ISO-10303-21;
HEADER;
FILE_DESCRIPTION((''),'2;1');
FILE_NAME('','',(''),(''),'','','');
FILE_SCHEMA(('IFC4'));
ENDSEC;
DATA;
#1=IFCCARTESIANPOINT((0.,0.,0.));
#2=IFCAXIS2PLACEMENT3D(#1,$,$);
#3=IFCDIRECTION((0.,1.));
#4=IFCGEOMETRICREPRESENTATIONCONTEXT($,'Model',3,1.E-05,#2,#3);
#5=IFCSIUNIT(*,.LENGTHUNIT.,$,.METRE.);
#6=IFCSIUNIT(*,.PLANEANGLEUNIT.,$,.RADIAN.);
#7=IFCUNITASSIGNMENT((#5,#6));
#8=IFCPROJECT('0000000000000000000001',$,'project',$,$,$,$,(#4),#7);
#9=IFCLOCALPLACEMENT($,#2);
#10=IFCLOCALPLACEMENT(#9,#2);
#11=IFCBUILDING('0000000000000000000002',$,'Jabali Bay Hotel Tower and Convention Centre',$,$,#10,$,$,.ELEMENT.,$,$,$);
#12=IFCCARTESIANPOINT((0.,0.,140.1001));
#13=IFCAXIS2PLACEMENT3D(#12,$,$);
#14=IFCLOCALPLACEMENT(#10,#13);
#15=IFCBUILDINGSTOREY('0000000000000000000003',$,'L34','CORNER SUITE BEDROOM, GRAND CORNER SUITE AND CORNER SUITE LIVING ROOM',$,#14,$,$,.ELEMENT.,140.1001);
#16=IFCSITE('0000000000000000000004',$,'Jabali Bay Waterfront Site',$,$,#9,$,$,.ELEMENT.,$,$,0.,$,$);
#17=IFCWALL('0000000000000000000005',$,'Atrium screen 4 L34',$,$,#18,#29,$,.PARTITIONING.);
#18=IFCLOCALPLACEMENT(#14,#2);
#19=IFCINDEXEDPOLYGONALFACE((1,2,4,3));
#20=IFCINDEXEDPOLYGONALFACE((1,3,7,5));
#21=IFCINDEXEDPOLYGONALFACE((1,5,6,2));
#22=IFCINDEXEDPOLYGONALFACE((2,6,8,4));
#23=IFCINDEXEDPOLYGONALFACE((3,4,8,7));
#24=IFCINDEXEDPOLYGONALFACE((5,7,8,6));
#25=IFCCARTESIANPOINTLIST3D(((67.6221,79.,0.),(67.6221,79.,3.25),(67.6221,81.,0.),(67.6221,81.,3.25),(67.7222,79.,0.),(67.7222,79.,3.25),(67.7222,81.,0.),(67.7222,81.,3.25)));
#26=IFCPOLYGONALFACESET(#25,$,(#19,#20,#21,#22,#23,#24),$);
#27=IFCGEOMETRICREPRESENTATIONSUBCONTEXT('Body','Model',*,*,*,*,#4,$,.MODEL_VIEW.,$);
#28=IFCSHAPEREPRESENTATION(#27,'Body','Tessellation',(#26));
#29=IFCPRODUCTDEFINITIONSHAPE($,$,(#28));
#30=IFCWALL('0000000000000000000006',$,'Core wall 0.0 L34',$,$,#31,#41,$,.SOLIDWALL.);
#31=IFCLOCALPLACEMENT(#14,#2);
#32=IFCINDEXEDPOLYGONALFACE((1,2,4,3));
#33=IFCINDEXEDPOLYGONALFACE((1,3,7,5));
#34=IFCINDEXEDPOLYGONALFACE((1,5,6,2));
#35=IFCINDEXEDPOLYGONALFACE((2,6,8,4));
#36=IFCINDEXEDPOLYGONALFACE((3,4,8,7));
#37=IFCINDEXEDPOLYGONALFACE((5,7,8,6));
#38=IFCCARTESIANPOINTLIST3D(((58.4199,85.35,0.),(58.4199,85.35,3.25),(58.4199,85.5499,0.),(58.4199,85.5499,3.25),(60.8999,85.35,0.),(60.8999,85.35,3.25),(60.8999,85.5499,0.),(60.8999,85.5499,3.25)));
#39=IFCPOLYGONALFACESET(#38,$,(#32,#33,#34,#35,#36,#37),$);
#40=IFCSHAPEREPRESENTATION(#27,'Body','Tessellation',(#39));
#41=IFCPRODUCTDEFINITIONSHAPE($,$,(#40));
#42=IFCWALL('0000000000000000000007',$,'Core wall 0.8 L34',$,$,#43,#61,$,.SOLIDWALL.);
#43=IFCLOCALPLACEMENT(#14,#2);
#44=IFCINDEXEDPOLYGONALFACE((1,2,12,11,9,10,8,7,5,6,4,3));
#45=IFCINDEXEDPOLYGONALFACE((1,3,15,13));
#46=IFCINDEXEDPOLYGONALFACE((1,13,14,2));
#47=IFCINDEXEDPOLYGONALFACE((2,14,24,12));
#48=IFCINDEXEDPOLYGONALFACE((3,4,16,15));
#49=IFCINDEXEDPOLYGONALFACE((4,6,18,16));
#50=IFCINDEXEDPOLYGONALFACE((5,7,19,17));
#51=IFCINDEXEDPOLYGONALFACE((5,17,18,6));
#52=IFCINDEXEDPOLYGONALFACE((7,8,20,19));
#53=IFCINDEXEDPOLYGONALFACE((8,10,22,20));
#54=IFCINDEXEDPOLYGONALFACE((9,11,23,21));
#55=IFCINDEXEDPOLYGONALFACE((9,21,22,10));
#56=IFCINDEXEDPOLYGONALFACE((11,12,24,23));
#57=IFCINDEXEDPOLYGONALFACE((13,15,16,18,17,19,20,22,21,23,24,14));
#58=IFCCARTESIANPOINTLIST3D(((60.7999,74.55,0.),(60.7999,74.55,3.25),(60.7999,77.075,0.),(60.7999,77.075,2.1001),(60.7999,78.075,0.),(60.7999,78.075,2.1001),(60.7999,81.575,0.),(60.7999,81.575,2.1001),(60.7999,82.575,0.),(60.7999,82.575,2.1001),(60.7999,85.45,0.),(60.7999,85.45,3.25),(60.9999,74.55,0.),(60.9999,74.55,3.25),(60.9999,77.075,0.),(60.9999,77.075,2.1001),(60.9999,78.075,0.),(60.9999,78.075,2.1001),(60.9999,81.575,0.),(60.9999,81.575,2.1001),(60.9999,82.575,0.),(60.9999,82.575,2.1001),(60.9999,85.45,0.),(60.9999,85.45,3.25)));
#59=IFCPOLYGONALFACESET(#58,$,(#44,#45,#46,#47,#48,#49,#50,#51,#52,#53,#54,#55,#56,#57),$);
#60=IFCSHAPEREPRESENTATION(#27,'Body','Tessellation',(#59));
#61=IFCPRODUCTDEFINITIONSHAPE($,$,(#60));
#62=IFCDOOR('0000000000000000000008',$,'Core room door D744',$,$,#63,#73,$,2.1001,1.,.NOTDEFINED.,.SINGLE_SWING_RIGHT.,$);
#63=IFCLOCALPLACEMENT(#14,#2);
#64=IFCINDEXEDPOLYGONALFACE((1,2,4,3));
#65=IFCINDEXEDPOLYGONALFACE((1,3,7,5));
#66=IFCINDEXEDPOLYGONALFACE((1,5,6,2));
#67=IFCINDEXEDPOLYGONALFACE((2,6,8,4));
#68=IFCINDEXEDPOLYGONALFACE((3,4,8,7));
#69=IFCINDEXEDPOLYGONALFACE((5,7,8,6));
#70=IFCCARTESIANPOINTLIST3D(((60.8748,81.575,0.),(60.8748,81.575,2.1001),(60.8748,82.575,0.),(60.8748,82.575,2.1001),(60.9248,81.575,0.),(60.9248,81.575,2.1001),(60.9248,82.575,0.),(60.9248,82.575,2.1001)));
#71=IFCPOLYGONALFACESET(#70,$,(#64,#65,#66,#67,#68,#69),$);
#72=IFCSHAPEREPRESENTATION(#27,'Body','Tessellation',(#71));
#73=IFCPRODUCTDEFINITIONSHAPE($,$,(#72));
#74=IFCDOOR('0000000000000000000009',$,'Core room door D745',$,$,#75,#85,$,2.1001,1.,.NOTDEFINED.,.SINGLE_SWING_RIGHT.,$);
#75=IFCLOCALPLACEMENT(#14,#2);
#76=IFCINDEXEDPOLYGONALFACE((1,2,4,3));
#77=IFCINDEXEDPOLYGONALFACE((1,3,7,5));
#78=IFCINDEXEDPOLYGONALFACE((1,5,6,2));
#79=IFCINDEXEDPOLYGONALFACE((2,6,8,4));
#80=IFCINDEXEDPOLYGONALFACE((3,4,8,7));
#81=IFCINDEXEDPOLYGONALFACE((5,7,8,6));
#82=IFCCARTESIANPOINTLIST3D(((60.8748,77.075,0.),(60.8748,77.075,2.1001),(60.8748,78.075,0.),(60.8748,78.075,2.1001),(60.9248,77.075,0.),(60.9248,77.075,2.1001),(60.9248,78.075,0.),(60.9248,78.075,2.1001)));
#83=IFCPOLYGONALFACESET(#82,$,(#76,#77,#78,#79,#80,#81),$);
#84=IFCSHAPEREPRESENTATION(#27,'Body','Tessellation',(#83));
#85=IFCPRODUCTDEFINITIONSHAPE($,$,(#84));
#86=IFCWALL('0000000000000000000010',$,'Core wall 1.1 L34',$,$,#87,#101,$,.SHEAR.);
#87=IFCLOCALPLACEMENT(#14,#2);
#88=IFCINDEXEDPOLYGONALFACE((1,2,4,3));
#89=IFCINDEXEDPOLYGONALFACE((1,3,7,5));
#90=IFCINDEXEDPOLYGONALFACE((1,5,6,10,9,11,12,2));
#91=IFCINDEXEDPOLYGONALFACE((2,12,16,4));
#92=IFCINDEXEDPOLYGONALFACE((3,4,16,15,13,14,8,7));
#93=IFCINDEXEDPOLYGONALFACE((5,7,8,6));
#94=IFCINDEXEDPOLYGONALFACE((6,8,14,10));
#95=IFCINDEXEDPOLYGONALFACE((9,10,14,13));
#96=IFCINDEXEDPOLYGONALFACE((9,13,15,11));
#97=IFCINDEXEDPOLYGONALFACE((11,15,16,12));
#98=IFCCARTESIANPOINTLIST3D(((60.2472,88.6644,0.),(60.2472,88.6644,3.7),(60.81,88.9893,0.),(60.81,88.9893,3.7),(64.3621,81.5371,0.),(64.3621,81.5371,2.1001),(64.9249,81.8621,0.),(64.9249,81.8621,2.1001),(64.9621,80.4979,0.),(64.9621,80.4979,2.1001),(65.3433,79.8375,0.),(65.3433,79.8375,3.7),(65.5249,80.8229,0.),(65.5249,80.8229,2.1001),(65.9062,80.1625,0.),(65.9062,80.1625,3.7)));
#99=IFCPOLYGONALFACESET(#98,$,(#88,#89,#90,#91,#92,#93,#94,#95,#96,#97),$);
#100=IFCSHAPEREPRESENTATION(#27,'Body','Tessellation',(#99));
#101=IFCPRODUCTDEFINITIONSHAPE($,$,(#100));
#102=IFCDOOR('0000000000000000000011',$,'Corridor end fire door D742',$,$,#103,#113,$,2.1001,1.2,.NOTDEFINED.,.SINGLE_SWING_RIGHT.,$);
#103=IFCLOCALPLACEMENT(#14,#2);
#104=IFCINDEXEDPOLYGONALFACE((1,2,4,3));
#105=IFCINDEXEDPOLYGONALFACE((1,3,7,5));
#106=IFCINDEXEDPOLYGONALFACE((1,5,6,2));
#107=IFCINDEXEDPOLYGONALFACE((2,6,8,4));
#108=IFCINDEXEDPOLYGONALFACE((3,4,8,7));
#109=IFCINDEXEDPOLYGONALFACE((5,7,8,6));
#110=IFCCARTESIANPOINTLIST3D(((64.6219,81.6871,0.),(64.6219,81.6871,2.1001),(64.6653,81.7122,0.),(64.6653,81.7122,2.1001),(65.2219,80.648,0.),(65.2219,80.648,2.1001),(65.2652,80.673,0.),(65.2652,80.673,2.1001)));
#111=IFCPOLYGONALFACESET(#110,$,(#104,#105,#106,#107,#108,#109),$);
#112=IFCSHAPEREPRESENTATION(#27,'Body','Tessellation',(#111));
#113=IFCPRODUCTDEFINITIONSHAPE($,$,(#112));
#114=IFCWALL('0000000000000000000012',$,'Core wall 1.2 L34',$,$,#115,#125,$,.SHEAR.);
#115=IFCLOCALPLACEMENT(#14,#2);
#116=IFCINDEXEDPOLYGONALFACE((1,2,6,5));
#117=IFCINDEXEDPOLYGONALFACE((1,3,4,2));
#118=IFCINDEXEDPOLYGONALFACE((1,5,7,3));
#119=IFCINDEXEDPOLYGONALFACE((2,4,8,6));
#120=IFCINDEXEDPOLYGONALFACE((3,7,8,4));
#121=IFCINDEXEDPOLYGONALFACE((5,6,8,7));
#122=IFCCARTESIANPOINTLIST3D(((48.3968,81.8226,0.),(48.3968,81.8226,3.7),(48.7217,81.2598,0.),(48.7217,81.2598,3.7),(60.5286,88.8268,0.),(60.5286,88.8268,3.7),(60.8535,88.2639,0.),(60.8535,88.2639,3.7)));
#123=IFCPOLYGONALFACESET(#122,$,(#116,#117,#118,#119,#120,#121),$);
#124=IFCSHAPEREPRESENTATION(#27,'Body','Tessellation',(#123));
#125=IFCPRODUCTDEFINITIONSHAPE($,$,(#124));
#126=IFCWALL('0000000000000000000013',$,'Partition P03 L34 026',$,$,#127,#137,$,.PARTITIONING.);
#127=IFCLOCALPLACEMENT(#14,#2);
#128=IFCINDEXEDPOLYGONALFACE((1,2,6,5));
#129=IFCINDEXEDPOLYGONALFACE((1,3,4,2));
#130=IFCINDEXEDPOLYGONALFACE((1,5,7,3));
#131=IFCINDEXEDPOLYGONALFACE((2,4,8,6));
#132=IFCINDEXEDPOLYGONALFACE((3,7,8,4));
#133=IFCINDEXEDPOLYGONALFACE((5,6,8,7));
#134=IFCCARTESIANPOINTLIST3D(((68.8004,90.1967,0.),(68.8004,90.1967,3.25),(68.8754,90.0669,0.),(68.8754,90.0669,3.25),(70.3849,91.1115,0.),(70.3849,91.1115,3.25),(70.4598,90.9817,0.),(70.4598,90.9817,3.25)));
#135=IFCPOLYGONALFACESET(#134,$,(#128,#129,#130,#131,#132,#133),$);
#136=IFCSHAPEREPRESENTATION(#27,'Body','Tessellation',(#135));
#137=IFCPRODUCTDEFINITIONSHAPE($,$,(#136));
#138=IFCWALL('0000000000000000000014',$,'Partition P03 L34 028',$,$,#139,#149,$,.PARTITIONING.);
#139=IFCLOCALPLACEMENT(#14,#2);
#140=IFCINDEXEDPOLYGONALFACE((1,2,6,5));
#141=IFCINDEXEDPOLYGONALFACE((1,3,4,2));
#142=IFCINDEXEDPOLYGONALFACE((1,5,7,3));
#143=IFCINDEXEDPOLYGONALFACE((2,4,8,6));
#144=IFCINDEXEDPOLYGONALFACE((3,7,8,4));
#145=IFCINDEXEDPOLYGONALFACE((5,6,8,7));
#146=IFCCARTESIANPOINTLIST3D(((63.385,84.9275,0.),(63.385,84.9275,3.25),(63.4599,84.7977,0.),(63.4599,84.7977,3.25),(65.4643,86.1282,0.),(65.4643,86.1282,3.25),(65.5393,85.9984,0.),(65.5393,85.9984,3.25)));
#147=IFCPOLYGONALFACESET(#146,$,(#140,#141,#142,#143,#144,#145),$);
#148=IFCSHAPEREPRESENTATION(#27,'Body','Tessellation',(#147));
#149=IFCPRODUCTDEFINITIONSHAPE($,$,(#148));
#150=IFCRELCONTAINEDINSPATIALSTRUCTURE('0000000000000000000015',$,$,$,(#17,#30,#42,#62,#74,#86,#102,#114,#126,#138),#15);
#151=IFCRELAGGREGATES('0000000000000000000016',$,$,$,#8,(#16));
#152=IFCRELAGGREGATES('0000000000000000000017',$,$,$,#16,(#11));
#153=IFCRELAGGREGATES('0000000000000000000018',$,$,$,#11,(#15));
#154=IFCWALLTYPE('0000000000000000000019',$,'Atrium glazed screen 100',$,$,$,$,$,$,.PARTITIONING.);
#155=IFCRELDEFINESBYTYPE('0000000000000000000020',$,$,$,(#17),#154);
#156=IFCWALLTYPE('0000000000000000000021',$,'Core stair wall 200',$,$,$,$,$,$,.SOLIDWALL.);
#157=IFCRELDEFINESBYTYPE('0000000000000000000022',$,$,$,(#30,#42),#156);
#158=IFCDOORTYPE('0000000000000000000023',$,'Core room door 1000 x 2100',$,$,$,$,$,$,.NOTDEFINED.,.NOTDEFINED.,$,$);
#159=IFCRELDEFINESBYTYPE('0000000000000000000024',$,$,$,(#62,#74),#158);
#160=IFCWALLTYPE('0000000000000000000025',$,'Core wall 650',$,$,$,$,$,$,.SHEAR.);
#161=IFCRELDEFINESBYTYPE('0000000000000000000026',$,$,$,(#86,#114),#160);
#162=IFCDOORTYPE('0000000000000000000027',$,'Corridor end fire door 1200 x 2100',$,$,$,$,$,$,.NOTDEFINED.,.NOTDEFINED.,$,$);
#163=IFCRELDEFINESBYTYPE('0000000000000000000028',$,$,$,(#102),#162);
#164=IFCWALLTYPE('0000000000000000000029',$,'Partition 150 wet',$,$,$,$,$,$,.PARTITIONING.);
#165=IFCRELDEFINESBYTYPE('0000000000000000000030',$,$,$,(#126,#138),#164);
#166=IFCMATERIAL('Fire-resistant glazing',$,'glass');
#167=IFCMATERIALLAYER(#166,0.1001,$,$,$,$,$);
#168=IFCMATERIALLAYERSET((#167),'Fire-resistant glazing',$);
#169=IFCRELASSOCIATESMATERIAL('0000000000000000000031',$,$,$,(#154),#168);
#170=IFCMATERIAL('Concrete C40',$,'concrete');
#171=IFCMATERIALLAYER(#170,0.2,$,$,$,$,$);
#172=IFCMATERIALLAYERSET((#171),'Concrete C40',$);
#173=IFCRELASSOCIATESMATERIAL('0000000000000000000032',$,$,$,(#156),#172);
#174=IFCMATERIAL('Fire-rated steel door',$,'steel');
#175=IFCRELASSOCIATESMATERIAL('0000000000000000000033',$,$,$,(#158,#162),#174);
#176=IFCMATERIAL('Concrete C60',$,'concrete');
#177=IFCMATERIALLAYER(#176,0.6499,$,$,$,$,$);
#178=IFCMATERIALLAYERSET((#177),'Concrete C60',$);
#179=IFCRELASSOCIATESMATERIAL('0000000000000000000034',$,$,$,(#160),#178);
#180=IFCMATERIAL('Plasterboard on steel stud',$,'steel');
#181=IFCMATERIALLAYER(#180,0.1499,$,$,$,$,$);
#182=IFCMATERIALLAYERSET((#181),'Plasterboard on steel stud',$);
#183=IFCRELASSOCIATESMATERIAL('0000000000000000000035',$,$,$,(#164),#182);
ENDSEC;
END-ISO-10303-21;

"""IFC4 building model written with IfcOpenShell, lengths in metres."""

from ifc_helpers import new_model, si_unit, direction, frame, frame_2d, origin, place, context, subcontext, project, spatial, rectangle, extrude, material, layer, layer_set, type_object, element, fill, save


model = new_model("IFC4")

# Units and contexts
model_context = context("Model", 3, precision=1e-05, world=origin(), true_north=direction((0.0, 1.0)))
body_context = subcontext(model_context, "Body", "Model", "MODEL_VIEW")
ifc_project = project(units=[si_unit("LENGTHUNIT", "METRE"), si_unit("PLANEANGLEUNIT", "RADIAN")], contexts=[model_context])

# Site, building, storey
site_placement = place(None, origin())
site = spatial("IfcSite", under=ifc_project, at=site_placement, Name="Jabali Bay Waterfront Site", CompositionType="ELEMENT", RefElevation=0.0)
building_placement = place(site_placement, origin())
building = spatial("IfcBuilding", under=site, at=building_placement, Name="Jabali Bay Hotel Tower and Convention Centre", CompositionType="ELEMENT")
storey_placement = place(building_placement, frame((0.0, 0.0, 140.1001)))
storey = spatial("IfcBuildingStorey", under=building, at=storey_placement, Name="L34", Description="CORNER SUITE BEDROOM, GRAND CORNER SUITE AND CORNER SUITE LIVING ROOM", CompositionType="ELEMENT", Elevation=140.1001)

# Walls
ifc_material_1 = material(Name="Fire-resistant glazing", Category="glass")
ifc_layer_1 = layer(ifc_material_1, 0.1001)
ifc_layer_set_1 = layer_set([ifc_layer_1], Name="Fire-resistant glazing")
wall_type_1 = type_object("IfcWallType", Name="Atrium glazed screen 100", PredefinedType="PARTITIONING", material=ifc_layer_set_1)
wall_1_placement = place(storey_placement, frame((67.6721, 81.0, 0.0), z_axis=(0.0, 0.0, 1.0), x_axis=(0.0, -1.0, 0.0)))
element("IfcWall", 1, at=wall_1_placement, inside=storey, type_object=wall_type_1, Name="Atrium screen 4 L34", PredefinedType="PARTITIONING", context=body_context, shape_type="SweptSolid", body=[
    extrude(rectangle(XDim=2.0, YDim=0.1001, at=frame_2d((1.0, 0.0))), origin(), (0.0, 0.0, 1.0), 3.25),
])
ifc_material_2 = material(Name="Concrete C40", Category="concrete")
ifc_layer_2 = layer(ifc_material_2, 0.2)
ifc_layer_set_2 = layer_set([ifc_layer_2], Name="Concrete C40")
wall_type_2 = type_object("IfcWallType", Name="Core stair wall 200", PredefinedType="SOLIDWALL", material=ifc_layer_set_2)
wall_2_placement = place(storey_placement, frame((60.8999, 85.45, 0.0), z_axis=(0.0, 0.0, 1.0), x_axis=(-1.0, 0.0, 0.0)))
element("IfcWall", 2, at=wall_2_placement, inside=storey, type_object=wall_type_2, Name="Core wall 0.0 L34", PredefinedType="SOLIDWALL", context=body_context, shape_type="SweptSolid", body=[
    extrude(rectangle(XDim=2.48, YDim=0.2, at=frame_2d((1.24, 0.0))), origin(), (0.0, 0.0, 1.0), 3.25),
])

# Wall, openings, doors
wall_3_placement = place(storey_placement, frame((60.8999, 85.45, 0.0), z_axis=(0.0, 0.0, 1.0), x_axis=(0.0, -1.0, 0.0)))
wall_3 = element("IfcWall", 3, at=wall_3_placement, inside=storey, type_object=wall_type_2, Name="Core wall 0.8 L34", PredefinedType="SOLIDWALL", context=body_context, shape_type="SweptSolid", body=[
    extrude(rectangle(XDim=10.8999, YDim=0.2, at=frame_2d((5.45, 0.0))), origin(), (0.0, 0.0, 1.0), 3.25),
])
opening_1_placement = place(wall_3_placement, frame((2.875, 0.0, 0.0)))
opening_1 = element("IfcOpeningElement", 4, at=opening_1_placement, cuts=wall_3, PredefinedType="OPENING", context=body_context, shape_type="SweptSolid", body=[
    extrude(rectangle(XDim=1.0, YDim=2.1001, at=frame_2d((0.5, 1.05))), frame((0.0, 0.1104, 0.0), z_axis=(0.0, -1.0, 0.0), x_axis=(1.0, 0.0, 0.0)), (0.0, 0.0, 1.0), 0.2209),
])
opening_2_placement = place(wall_3_placement, frame((7.375, 0.0, 0.0)))
opening_2 = element("IfcOpeningElement", 5, at=opening_2_placement, cuts=wall_3, PredefinedType="OPENING", context=body_context, shape_type="SweptSolid", body=[
    extrude(rectangle(XDim=1.0, YDim=2.1001, at=frame_2d((0.5, 1.05))), frame((0.0, 0.1104, 0.0), z_axis=(0.0, -1.0, 0.0), x_axis=(1.0, 0.0, 0.0)), (0.0, 0.0, 1.0), 0.2209),
])
ifc_material_3 = material(Name="Fire-rated steel door", Category="steel")
door_type_1 = type_object("IfcDoorType", Name="Core room door 1000 x 2100", OperationType="NOTDEFINED", PredefinedType="NOTDEFINED", material=ifc_material_3)
door_1_placement = place(opening_1_placement, origin())
door_1 = element("IfcDoor", 6, at=door_1_placement, inside=storey, type_object=door_type_1, Name="Core room door D744", OperationType="SINGLE_SWING_RIGHT", OverallHeight=2.1001, OverallWidth=1.0, PredefinedType="NOTDEFINED", context=body_context, shape_type="SweptSolid", body=[
    extrude(rectangle(XDim=1.0, YDim=2.1001, at=frame_2d((0.5, 1.05))), frame((0.0, 0.0249, 0.0), z_axis=(0.0, -1.0, 0.0), x_axis=(1.0, 0.0, 0.0)), (0.0, 0.0, 1.0), 0.05),
])
fill(opening_1, door_1)
door_2_placement = place(opening_2_placement, origin())
door_2 = element("IfcDoor", 7, at=door_2_placement, inside=storey, type_object=door_type_1, Name="Core room door D745", OperationType="SINGLE_SWING_RIGHT", OverallHeight=2.1001, OverallWidth=1.0, PredefinedType="NOTDEFINED", context=body_context, shape_type="SweptSolid", body=[
    extrude(rectangle(XDim=1.0, YDim=2.1001, at=frame_2d((0.5, 1.05))), frame((0.0, 0.0249, 0.0), z_axis=(0.0, -1.0, 0.0), x_axis=(1.0, 0.0, 0.0)), (0.0, 0.0, 1.0), 0.05),
])
fill(opening_2, door_2)

# Wall, opening, door
ifc_material_4 = material(Name="Concrete C60", Category="concrete")
ifc_layer_3 = layer(ifc_material_4, 0.6499)
ifc_layer_set_3 = layer_set([ifc_layer_3], Name="Concrete C60")
wall_type_3 = type_object("IfcWallType", Name="Core wall 650", PredefinedType="SHEAR", material=ifc_layer_set_3)
wall_4_placement = place(storey_placement, frame((65.6248, 80.0, 0.0), z_axis=(0.0, 0.0, 1.0), x_axis=(-0.499998, 0.866026, 0.0)))
wall_4 = element("IfcWall", 8, at=wall_4_placement, inside=storey, type_object=wall_type_3, Name="Core wall 1.1 L34", PredefinedType="SHEAR", context=body_context, shape_type="SweptSolid", body=[
    extrude(rectangle(XDim=10.1924, YDim=0.6499, at=frame_2d((5.0962, 0.0))), origin(), (0.0, 0.0, 1.0), 3.7),
])
opening_3_placement = place(wall_4_placement, frame((0.7625, 0.0, 0.0)))
opening_3 = element("IfcOpeningElement", 9, at=opening_3_placement, cuts=wall_4, PredefinedType="OPENING", context=body_context, shape_type="SweptSolid", body=[
    extrude(rectangle(XDim=1.2, YDim=2.1001, at=frame_2d((0.6001, 1.05))), frame((0.0, 0.3354, 0.0), z_axis=(0.0, -1.0, 0.0), x_axis=(1.0, 0.0, 0.0)), (0.0, 0.0, 1.0), 0.6709),
])
door_type_2 = type_object("IfcDoorType", Name="Corridor end fire door 1200 x 2100", OperationType="NOTDEFINED", PredefinedType="NOTDEFINED", material=ifc_material_3)
door_3_placement = place(opening_3_placement, origin())
door_3 = element("IfcDoor", 10, at=door_3_placement, inside=storey, type_object=door_type_2, Name="Corridor end fire door D742", OperationType="SINGLE_SWING_RIGHT", OverallHeight=2.1001, OverallWidth=1.2, PredefinedType="NOTDEFINED", context=body_context, shape_type="SweptSolid", body=[
    extrude(rectangle(XDim=1.2, YDim=2.1001, at=frame_2d((0.6001, 1.05))), frame((0.0, 0.0249, 0.0), z_axis=(0.0, -1.0, 0.0), x_axis=(1.0, 0.0, 0.0)), (0.0, 0.0, 1.0), 0.05),
])
fill(opening_3, door_3)

# Walls
wall_5_placement = place(storey_placement, frame((60.6912, 88.5454, 0.0), z_axis=(0.0, 0.0, 1.0), x_axis=(-0.866031, -0.499991, 0.0)))
element("IfcWall", 11, at=wall_5_placement, inside=storey, type_object=wall_type_3, Name="Core wall 1.2 L34", PredefinedType="SHEAR", context=body_context, shape_type="SweptSolid", body=[
    extrude(rectangle(XDim=14.0085, YDim=0.6499, at=frame_2d((7.0044, 0.0))), origin(), (0.0, 0.0, 1.0), 3.7),
])
ifc_material_5 = material(Name="Plasterboard on steel stud", Category="steel")
ifc_layer_4 = layer(ifc_material_5, 0.1499)
ifc_layer_set_4 = layer_set([ifc_layer_4], Name="Plasterboard on steel stud")
wall_type_4 = type_object("IfcWallType", Name="Partition 150 wet", PredefinedType="PARTITIONING", material=ifc_layer_set_4)
wall_6_placement = place(storey_placement, frame((68.8379, 90.1318, 0.0), z_axis=(0.0, 0.0, 1.0), x_axis=(0.866026, 0.5, 0.0)))
element("IfcWall", 12, at=wall_6_placement, inside=storey, type_object=wall_type_4, Name="Partition P03 L34 026", PredefinedType="PARTITIONING", context=body_context, shape_type="SweptSolid", body=[
    extrude(rectangle(XDim=1.8296, YDim=0.1499, at=frame_2d((0.9148, 0.0))), origin(), (0.0, 0.0, 1.0), 3.25),
])
wall_7_placement = place(storey_placement, frame((63.4224, 84.8625, 0.0), z_axis=(0.0, 0.0, 1.0), x_axis=(0.865994, 0.500054, 0.0)))
element("IfcWall", 13, at=wall_7_placement, inside=storey, type_object=wall_type_4, Name="Partition P03 L34 028", PredefinedType="PARTITIONING", context=body_context, shape_type="SweptSolid", body=[
    extrude(rectangle(XDim=2.4011, YDim=0.1499, at=frame_2d((1.2007, 0.0))), origin(), (0.0, 0.0, 1.0), 3.25),
])

save(model, "model.ifc")
